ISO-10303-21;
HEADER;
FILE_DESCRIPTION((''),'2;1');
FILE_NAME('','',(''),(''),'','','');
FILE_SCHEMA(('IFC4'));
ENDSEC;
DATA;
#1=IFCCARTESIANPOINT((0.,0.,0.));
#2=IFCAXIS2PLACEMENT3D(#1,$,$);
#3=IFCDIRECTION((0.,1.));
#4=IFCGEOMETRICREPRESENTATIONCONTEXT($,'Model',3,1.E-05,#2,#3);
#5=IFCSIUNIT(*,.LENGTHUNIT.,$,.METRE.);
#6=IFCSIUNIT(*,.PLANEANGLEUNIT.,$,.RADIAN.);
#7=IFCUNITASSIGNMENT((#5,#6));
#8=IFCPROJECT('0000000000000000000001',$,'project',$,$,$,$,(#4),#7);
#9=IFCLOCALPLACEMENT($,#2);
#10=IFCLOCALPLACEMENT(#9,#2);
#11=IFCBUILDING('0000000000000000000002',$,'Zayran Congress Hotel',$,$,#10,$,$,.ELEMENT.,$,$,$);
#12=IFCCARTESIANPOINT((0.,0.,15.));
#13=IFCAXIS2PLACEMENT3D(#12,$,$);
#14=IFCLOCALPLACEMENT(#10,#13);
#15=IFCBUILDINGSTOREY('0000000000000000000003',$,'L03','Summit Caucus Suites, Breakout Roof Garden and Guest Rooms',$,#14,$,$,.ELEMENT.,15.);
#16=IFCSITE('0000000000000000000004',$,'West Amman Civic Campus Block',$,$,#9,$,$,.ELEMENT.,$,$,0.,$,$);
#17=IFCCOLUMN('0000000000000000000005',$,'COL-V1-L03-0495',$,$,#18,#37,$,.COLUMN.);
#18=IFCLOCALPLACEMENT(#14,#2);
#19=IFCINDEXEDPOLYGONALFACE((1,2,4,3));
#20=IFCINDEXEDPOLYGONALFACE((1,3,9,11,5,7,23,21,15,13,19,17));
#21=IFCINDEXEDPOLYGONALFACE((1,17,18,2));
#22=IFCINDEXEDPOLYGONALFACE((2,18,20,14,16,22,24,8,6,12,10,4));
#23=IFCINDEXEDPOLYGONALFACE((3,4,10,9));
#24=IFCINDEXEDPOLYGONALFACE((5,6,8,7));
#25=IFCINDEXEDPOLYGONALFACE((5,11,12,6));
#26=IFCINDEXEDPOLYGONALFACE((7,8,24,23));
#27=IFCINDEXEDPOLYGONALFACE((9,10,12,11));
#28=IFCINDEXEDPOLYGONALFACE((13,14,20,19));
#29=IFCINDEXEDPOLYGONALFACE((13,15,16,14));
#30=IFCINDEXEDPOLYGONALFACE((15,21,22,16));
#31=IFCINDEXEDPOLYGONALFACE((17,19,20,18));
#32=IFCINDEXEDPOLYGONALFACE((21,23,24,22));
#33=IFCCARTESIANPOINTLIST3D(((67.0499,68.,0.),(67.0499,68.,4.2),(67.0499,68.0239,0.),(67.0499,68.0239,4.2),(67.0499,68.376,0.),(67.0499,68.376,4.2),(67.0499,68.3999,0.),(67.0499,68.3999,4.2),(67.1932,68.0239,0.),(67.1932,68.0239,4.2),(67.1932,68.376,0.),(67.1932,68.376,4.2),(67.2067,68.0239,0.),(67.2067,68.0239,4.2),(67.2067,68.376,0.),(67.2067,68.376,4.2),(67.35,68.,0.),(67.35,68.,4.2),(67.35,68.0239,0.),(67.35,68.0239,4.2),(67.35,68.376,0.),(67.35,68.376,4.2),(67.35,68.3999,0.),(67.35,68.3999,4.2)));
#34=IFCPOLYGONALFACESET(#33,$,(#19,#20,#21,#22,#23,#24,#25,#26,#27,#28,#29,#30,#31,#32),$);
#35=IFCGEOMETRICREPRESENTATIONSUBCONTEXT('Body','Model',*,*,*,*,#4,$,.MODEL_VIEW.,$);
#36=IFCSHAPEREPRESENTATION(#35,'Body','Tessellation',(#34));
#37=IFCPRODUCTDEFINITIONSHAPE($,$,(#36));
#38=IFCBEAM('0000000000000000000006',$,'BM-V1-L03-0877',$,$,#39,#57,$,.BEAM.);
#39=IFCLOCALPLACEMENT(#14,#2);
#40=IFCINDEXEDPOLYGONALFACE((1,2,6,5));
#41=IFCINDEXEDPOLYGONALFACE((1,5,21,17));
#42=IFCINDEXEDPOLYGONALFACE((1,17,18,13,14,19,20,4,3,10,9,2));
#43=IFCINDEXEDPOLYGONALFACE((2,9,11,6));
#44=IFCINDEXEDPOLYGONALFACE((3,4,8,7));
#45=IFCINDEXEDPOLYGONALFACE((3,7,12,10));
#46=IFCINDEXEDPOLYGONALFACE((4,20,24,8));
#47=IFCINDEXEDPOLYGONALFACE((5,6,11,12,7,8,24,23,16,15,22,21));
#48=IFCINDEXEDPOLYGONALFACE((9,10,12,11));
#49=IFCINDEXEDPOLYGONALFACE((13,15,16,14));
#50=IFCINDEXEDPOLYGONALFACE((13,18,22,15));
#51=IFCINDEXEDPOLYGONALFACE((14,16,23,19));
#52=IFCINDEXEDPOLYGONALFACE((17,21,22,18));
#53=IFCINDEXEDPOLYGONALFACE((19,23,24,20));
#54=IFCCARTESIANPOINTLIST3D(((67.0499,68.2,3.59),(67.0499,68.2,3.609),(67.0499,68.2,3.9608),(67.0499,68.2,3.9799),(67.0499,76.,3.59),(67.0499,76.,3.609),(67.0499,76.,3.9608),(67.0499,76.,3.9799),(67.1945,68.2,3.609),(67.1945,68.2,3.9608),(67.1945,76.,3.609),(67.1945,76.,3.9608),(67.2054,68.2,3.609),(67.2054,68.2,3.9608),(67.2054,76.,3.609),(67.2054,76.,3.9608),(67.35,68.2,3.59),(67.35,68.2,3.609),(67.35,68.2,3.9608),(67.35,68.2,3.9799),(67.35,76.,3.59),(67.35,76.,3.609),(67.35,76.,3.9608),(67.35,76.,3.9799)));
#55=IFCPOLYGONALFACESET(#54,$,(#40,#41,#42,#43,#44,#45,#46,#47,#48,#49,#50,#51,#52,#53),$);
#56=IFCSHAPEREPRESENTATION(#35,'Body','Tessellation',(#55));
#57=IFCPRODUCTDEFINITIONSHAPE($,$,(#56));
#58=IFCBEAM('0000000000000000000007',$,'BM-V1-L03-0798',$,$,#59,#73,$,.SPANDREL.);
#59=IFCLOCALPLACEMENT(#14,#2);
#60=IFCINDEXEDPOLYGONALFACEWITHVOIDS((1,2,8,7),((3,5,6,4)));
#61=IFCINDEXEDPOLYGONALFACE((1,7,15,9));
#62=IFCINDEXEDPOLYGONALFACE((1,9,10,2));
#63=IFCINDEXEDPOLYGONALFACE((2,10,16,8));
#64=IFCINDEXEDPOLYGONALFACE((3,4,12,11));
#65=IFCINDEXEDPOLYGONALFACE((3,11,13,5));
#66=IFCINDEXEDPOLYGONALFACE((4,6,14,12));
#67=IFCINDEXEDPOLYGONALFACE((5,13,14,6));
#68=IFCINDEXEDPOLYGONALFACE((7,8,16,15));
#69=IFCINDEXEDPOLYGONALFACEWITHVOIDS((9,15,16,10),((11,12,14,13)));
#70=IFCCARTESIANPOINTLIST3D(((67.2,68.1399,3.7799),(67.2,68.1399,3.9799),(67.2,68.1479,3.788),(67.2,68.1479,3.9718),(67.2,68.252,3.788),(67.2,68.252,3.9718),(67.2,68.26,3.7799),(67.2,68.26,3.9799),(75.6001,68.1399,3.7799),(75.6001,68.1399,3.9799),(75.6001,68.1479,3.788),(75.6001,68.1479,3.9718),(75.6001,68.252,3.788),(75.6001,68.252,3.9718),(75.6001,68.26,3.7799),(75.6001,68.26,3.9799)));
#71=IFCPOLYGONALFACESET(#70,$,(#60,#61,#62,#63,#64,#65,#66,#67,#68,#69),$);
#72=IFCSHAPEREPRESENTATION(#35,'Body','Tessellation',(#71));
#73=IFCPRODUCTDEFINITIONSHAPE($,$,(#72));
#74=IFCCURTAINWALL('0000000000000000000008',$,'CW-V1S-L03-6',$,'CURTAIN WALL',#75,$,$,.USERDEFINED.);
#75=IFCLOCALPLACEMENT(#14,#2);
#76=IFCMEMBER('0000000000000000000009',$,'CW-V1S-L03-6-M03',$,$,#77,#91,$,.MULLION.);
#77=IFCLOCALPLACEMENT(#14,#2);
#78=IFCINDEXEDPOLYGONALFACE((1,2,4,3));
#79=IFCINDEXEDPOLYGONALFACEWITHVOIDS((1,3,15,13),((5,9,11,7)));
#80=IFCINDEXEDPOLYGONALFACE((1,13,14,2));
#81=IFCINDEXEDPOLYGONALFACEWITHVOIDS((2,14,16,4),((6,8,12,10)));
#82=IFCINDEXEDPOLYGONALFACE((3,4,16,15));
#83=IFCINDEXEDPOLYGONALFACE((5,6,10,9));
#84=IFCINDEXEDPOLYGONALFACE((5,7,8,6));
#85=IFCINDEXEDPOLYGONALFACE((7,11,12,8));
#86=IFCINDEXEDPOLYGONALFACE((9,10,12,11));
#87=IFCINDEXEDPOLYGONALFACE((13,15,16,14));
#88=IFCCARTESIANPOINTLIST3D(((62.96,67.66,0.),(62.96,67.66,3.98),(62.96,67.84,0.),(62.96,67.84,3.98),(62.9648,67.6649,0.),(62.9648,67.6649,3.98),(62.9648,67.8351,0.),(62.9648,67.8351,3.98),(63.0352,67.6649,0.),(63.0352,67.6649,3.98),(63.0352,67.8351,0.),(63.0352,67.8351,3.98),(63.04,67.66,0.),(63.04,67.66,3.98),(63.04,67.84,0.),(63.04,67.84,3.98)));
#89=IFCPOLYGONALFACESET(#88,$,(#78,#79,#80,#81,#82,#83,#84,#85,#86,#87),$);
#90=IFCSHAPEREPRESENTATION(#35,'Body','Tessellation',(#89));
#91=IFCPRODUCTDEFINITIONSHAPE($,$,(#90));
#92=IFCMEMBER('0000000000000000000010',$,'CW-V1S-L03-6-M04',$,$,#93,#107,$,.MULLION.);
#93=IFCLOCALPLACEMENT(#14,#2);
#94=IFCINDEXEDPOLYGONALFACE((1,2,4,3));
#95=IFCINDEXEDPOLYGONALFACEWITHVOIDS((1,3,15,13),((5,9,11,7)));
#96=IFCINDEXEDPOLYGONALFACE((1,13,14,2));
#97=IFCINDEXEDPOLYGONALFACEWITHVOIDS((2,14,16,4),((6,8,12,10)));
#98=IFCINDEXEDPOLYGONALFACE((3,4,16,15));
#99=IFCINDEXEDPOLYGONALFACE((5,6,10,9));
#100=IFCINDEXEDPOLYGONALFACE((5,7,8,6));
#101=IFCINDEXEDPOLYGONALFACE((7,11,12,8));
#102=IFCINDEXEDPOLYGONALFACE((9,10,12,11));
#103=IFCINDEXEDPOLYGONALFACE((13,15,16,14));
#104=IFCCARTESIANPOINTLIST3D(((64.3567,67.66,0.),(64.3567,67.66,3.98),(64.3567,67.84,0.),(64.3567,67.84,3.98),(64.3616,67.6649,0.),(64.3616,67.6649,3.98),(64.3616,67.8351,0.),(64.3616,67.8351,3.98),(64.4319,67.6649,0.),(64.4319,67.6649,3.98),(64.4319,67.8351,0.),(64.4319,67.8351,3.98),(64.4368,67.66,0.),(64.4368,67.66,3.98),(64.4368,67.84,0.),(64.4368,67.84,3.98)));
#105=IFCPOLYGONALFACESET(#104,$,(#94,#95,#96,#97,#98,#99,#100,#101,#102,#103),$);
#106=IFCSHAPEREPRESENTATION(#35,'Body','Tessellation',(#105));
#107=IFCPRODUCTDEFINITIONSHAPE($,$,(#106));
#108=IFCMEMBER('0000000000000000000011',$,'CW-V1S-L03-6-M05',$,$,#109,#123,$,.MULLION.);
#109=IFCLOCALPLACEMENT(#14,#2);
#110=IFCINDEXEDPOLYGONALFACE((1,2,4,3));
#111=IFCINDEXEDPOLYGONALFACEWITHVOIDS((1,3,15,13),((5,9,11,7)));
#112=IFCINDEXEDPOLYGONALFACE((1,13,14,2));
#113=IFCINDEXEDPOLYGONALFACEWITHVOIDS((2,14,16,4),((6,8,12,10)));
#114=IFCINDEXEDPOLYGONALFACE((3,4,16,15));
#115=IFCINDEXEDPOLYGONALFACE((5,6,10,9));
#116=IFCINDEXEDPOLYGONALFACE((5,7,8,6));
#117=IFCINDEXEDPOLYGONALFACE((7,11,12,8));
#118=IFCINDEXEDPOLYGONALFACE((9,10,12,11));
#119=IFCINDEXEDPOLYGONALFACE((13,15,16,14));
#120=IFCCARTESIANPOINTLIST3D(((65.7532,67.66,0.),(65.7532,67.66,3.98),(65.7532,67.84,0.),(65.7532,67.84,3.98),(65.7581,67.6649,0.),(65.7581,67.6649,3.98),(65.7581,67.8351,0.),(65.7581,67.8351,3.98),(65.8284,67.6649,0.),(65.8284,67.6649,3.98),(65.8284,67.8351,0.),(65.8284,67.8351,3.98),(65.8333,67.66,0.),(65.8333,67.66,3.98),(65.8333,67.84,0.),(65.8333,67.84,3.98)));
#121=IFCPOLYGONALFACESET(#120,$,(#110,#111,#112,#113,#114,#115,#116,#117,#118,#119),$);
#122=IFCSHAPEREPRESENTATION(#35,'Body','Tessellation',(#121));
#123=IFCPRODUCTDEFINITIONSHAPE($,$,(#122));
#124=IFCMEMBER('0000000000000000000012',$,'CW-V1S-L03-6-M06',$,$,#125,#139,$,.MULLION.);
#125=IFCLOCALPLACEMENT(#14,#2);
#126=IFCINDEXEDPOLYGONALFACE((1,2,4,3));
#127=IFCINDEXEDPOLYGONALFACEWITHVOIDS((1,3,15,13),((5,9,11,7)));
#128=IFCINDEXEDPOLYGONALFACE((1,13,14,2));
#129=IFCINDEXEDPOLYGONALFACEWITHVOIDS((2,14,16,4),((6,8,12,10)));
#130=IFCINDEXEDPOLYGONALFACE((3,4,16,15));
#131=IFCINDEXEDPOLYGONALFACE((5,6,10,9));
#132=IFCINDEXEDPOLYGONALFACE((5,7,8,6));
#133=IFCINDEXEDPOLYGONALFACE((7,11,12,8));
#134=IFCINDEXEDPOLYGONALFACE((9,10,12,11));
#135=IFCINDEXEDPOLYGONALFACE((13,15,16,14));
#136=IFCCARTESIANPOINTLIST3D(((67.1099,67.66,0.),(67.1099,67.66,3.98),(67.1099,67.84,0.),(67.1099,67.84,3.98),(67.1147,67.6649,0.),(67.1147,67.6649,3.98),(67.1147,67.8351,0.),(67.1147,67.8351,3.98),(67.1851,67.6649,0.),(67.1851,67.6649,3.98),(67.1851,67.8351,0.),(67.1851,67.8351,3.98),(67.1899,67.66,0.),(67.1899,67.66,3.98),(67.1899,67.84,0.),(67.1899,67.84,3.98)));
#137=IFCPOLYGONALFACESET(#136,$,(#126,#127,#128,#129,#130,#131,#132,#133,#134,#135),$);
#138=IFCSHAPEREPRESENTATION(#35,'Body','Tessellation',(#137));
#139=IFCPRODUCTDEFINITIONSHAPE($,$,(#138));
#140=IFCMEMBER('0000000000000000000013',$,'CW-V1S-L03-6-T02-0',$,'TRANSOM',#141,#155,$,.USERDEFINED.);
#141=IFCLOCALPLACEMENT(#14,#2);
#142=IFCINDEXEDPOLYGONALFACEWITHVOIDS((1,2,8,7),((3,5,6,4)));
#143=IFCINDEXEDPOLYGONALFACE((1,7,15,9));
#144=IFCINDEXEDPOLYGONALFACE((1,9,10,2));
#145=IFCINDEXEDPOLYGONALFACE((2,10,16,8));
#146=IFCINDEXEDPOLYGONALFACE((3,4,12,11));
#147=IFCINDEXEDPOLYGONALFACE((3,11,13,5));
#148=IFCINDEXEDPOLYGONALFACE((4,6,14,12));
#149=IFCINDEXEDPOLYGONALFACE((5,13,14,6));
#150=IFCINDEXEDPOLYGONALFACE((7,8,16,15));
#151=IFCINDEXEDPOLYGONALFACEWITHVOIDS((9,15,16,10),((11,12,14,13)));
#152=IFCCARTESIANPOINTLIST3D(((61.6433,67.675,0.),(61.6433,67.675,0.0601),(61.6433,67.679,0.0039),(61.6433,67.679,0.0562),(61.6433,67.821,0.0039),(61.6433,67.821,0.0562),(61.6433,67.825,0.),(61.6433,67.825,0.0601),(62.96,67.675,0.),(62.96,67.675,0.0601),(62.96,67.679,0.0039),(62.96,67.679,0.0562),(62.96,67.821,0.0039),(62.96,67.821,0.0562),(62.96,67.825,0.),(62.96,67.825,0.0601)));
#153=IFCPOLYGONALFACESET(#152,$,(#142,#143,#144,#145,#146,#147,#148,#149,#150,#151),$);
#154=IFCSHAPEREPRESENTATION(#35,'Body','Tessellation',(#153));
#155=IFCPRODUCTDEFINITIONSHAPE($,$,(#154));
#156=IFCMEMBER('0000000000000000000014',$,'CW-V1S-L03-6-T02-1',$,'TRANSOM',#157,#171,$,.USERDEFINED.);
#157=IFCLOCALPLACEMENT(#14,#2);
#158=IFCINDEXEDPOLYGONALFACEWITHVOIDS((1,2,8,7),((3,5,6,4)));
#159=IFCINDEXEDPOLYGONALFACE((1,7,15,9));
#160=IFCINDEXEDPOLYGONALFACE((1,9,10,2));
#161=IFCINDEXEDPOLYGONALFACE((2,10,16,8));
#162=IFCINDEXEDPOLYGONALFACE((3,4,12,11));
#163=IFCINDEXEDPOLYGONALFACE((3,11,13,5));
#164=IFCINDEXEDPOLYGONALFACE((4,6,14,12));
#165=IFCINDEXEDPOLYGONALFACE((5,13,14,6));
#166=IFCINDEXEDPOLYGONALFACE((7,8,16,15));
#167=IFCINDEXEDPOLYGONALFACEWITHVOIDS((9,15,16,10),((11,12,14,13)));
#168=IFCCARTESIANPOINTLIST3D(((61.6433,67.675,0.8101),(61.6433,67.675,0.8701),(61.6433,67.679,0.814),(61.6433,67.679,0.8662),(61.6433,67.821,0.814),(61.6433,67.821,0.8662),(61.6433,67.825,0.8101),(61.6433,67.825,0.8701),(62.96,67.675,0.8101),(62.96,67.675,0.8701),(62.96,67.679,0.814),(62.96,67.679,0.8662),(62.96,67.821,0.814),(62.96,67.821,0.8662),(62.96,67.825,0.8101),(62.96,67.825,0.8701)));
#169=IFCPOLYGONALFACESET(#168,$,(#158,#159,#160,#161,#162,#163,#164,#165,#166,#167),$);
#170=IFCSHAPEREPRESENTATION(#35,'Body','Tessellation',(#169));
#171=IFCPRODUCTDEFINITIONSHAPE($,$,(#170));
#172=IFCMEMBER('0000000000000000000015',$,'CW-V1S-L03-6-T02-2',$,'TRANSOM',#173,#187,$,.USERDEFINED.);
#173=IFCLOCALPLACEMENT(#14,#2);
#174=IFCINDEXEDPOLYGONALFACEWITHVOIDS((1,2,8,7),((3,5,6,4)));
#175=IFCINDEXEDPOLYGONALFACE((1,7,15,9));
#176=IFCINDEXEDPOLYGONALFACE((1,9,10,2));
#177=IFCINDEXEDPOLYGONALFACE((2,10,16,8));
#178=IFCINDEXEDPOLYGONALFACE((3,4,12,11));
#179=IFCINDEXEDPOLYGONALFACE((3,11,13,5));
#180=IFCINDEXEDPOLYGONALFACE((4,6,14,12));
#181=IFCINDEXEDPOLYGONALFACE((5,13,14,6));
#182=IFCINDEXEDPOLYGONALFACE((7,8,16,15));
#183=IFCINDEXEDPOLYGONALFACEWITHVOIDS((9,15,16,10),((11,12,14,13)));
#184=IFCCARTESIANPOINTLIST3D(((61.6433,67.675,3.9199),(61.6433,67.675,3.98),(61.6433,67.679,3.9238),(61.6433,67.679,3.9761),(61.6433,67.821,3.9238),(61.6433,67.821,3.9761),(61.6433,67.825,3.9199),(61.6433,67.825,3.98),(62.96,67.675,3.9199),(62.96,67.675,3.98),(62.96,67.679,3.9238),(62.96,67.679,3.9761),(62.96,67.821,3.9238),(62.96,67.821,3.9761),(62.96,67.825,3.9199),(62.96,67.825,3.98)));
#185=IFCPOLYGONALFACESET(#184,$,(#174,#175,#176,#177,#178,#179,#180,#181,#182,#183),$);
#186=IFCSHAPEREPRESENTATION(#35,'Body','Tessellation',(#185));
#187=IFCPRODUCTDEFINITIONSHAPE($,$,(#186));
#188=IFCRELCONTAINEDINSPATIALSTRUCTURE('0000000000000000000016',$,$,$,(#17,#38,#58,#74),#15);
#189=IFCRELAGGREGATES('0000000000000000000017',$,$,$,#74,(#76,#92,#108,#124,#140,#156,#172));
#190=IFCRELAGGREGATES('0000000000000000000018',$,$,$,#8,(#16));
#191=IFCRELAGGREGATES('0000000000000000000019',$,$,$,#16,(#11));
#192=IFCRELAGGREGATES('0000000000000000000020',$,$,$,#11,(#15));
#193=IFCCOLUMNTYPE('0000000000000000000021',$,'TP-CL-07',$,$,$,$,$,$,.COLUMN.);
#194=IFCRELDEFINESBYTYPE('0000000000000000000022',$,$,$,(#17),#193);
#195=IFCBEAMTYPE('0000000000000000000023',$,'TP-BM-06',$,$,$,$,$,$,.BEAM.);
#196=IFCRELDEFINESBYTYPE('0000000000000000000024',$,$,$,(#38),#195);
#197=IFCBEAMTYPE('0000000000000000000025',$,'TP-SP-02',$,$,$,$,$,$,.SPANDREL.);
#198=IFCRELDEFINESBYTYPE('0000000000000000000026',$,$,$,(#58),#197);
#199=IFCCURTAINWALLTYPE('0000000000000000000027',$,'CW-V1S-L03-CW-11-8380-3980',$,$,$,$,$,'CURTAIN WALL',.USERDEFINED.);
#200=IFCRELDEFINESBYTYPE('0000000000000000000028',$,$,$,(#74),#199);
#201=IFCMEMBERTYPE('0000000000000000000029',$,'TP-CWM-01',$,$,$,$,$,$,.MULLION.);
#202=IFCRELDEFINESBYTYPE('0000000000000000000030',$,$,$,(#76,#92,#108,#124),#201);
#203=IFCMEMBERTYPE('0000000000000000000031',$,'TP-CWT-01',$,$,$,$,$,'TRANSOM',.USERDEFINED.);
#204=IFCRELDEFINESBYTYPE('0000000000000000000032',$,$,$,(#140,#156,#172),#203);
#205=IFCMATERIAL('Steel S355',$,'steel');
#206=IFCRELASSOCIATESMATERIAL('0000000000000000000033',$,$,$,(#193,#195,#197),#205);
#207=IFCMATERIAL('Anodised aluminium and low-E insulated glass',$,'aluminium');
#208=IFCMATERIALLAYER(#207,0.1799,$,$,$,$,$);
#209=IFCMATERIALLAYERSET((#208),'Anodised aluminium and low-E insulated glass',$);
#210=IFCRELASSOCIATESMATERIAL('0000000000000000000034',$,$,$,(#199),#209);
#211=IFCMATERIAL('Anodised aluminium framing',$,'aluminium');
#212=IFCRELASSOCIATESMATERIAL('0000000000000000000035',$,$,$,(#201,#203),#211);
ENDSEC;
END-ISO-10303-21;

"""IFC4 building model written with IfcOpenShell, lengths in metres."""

from ifc_helpers import new_model, si_unit, direction, frame, origin, origin_2d, place, context, subcontext, project, spatial, hollow_rectangle, i_section, extrude, material, layer, layer_set, material_profile, profile_set, type_object, element, aggregate, save


model = new_model("IFC4")

# Units and contexts
model_context = context("Model", 3, precision=1e-05, world=origin(), true_north=direction((0.0, 1.0)))
body_context = subcontext(model_context, "Body", "Model", "MODEL_VIEW")
ifc_project = project(units=[si_unit("LENGTHUNIT", "METRE"), si_unit("PLANEANGLEUNIT", "RADIAN")], contexts=[model_context])

# Site, building, storey
site_placement = place(None, origin())
site = spatial("IfcSite", under=ifc_project, at=site_placement, Name="West Amman Civic Campus Block", CompositionType="ELEMENT", RefElevation=0.0)
building_placement = place(site_placement, origin())
building = spatial("IfcBuilding", under=site, at=building_placement, Name="Zayran Congress Hotel", CompositionType="ELEMENT")
storey_placement = place(building_placement, frame((0.0, 0.0, 15.0)))
storey = spatial("IfcBuildingStorey", under=building, at=storey_placement, Name="L03", Description="Summit Caucus Suites, Breakout Roof Garden and Guest Rooms", CompositionType="ELEMENT", Elevation=15.0)

# Column
ifc_material_1 = material(Name="Steel S355", Category="steel")
ifc_material_profile_1 = material_profile(ifc_material_1, i_section(OverallWidth=0.3, OverallDepth=0.3999, WebThickness=0.0134, FlangeThickness=0.0239, at=origin_2d()), Name="HEB 400")
ifc_profile_set_1 = profile_set([ifc_material_profile_1], Name="Steel S355")
column_type = type_object("IfcColumnType", Name="TP-CL-07", PredefinedType="COLUMN", material=ifc_profile_set_1)
column_placement = place(storey_placement, frame((67.2, 68.2, 0.0), z_axis=(0.0, 0.0, 1.0), x_axis=(1.0, 0.0, 0.0)))
element("IfcColumn", 1, at=column_placement, inside=storey, type_object=column_type, Name="COL-V1-L03-0495", PredefinedType="COLUMN", context=body_context, shape_type="SweptSolid", body=[
    extrude(i_section(OverallWidth=0.3, OverallDepth=0.3999, WebThickness=0.0134, FlangeThickness=0.0239, at=origin_2d()), origin(), (0.0, 0.0, 1.0), 4.2),
])

# Beams
ifc_material_profile_2 = material_profile(ifc_material_1, i_section(OverallWidth=0.3, OverallDepth=0.3899, WebThickness=0.011, FlangeThickness=0.019, at=origin_2d()), Name="HEA 400")
ifc_profile_set_2 = profile_set([ifc_material_profile_2], Name="Steel S355")
beam_type_1 = type_object("IfcBeamType", Name="TP-BM-06", PredefinedType="BEAM", material=ifc_profile_set_2)
beam_1_placement = place(storey_placement, frame((67.2, 68.2, 3.7849), z_axis=(0.0, 1.0, 0.0), x_axis=(-1.0, 0.0, 0.0)))
element("IfcBeam", 2, at=beam_1_placement, inside=storey, type_object=beam_type_1, Name="BM-V1-L03-0877", PredefinedType="BEAM", context=body_context, shape_type="SweptSolid", body=[
    extrude(i_section(OverallWidth=0.3, OverallDepth=0.3899, WebThickness=0.011, FlangeThickness=0.019, at=origin_2d()), origin(), (0.0, 0.0, 1.0), 7.8),
])
ifc_material_profile_3 = material_profile(ifc_material_1, hollow_rectangle(XDim=0.1201, YDim=0.2, WallThickness=0.0081, at=origin_2d()), Name="RHS 200x120x8")
ifc_profile_set_3 = profile_set([ifc_material_profile_3], Name="Steel S355")
beam_type_2 = type_object("IfcBeamType", Name="TP-SP-02", PredefinedType="SPANDREL", material=ifc_profile_set_3)
beam_2_placement = place(storey_placement, frame((67.2, 68.2, 3.8799), z_axis=(1.0, 0.0, 0.0), x_axis=(0.0, 1.0, 0.0)))
element("IfcBeam", 3, at=beam_2_placement, inside=storey, type_object=beam_type_2, Name="BM-V1-L03-0798", PredefinedType="SPANDREL", context=body_context, shape_type="SweptSolid", body=[
    extrude(hollow_rectangle(XDim=0.1201, YDim=0.2, WallThickness=0.0081, at=origin_2d()), origin(), (0.0, 0.0, 1.0), 8.4001),
])

# Curtain wall, members
ifc_material_2 = material(Name="Anodised aluminium and low-E insulated glass", Category="aluminium")
ifc_layer_1 = layer(ifc_material_2, 0.1799)
ifc_layer_set_1 = layer_set([ifc_layer_1], Name="Anodised aluminium and low-E insulated glass")
curtain_wall_type = type_object("IfcCurtainWallType", Name="CW-V1S-L03-CW-11-8380-3980", ElementType="CURTAIN WALL", PredefinedType="USERDEFINED", material=ifc_layer_set_1)
curtain_wall_placement = place(storey_placement, origin())
curtain_wall = element("IfcCurtainWall", 4, at=curtain_wall_placement, inside=storey, type_object=curtain_wall_type, Name="CW-V1S-L03-6", ObjectType="CURTAIN WALL", PredefinedType="USERDEFINED")
ifc_material_3 = material(Name="Anodised aluminium framing", Category="aluminium")
ifc_material_profile_4 = material_profile(ifc_material_3, hollow_rectangle(XDim=0.0801, YDim=0.1799, WallThickness=0.0049, at=origin_2d()), Name="RHS 180x80x5")
ifc_profile_set_4 = profile_set([ifc_material_profile_4], Name="Anodised aluminium framing")
member_type_1 = type_object("IfcMemberType", Name="TP-CWM-01", PredefinedType="MULLION", material=ifc_profile_set_4)
member_1_placement = place(storey_placement, frame((63.0, 67.75, 0.0), z_axis=(0.0, 0.0, 1.0), x_axis=(1.0, 0.0, 0.0)))
member_1 = element("IfcMember", 5, at=member_1_placement, type_object=member_type_1, Name="CW-V1S-L03-6-M03", PredefinedType="MULLION", context=body_context, shape_type="SweptSolid", body=[
    extrude(hollow_rectangle(XDim=0.0801, YDim=0.1799, WallThickness=0.0049, at=origin_2d()), origin(), (0.0, 0.0, 1.0), 3.98),
])
member_2_placement = place(storey_placement, frame((64.3967, 67.75, 0.0), z_axis=(0.0, 0.0, 1.0), x_axis=(1.0, 0.0, 0.0)))
member_2 = element("IfcMember", 6, at=member_2_placement, type_object=member_type_1, Name="CW-V1S-L03-6-M04", PredefinedType="MULLION", context=body_context, shape_type="SweptSolid", body=[
    extrude(hollow_rectangle(XDim=0.0801, YDim=0.1799, WallThickness=0.0049, at=origin_2d()), origin(), (0.0, 0.0, 1.0), 3.98),
])
member_3_placement = place(storey_placement, frame((65.7932, 67.75, 0.0), z_axis=(0.0, 0.0, 1.0), x_axis=(1.0, 0.0, 0.0)))
member_3 = element("IfcMember", 7, at=member_3_placement, type_object=member_type_1, Name="CW-V1S-L03-6-M05", PredefinedType="MULLION", context=body_context, shape_type="SweptSolid", body=[
    extrude(hollow_rectangle(XDim=0.0801, YDim=0.1799, WallThickness=0.0049, at=origin_2d()), origin(), (0.0, 0.0, 1.0), 3.98),
])
member_4_placement = place(storey_placement, frame((67.1499, 67.75, 0.0), z_axis=(0.0, 0.0, 1.0), x_axis=(1.0, 0.0, 0.0)))
member_4 = element("IfcMember", 8, at=member_4_placement, type_object=member_type_1, Name="CW-V1S-L03-6-M06", PredefinedType="MULLION", context=body_context, shape_type="SweptSolid", body=[
    extrude(hollow_rectangle(XDim=0.0801, YDim=0.1799, WallThickness=0.0049, at=origin_2d()), origin(), (0.0, 0.0, 1.0), 3.98),
])
ifc_material_profile_5 = material_profile(ifc_material_3, hollow_rectangle(XDim=0.0601, YDim=0.1499, WallThickness=0.0039, at=origin_2d()), Name="RHS 150x60x4")
ifc_profile_set_5 = profile_set([ifc_material_profile_5], Name="Anodised aluminium framing")
member_type_2 = type_object("IfcMemberType", Name="TP-CWT-01", ElementType="TRANSOM", PredefinedType="USERDEFINED", material=ifc_profile_set_5)
member_5_placement = place(storey_placement, frame((61.6433, 67.75, 0.03), z_axis=(1.0, 0.0, 0.0), x_axis=(0.0, 0.0, 1.0)))
member_5 = element("IfcMember", 9, at=member_5_placement, type_object=member_type_2, Name="CW-V1S-L03-6-T02-0", ObjectType="TRANSOM", PredefinedType="USERDEFINED", context=body_context, shape_type="SweptSolid", body=[
    extrude(hollow_rectangle(XDim=0.0601, YDim=0.1499, WallThickness=0.0039, at=origin_2d()), origin(), (0.0, 0.0, 1.0), 1.3167),
])
member_6_placement = place(storey_placement, frame((61.6433, 67.75, 0.8401), z_axis=(1.0, 0.0, 0.0), x_axis=(0.0, 0.0, 1.0)))
member_6 = element("IfcMember", 10, at=member_6_placement, type_object=member_type_2, Name="CW-V1S-L03-6-T02-1", ObjectType="TRANSOM", PredefinedType="USERDEFINED", context=body_context, shape_type="SweptSolid", body=[
    extrude(hollow_rectangle(XDim=0.0601, YDim=0.1499, WallThickness=0.0039, at=origin_2d()), origin(), (0.0, 0.0, 1.0), 1.3167),
])
member_7_placement = place(storey_placement, frame((61.6433, 67.75, 3.95), z_axis=(1.0, 0.0, 0.0), x_axis=(0.0, 0.0, 1.0)))
member_7 = element("IfcMember", 11, at=member_7_placement, type_object=member_type_2, Name="CW-V1S-L03-6-T02-2", ObjectType="TRANSOM", PredefinedType="USERDEFINED", context=body_context, shape_type="SweptSolid", body=[
    extrude(hollow_rectangle(XDim=0.0601, YDim=0.1499, WallThickness=0.0039, at=origin_2d()), origin(), (0.0, 0.0, 1.0), 1.3167),
])
aggregate(curtain_wall, [member_1, member_2, member_3, member_4, member_5, member_6, member_7])

save(model, "model.ifc")
